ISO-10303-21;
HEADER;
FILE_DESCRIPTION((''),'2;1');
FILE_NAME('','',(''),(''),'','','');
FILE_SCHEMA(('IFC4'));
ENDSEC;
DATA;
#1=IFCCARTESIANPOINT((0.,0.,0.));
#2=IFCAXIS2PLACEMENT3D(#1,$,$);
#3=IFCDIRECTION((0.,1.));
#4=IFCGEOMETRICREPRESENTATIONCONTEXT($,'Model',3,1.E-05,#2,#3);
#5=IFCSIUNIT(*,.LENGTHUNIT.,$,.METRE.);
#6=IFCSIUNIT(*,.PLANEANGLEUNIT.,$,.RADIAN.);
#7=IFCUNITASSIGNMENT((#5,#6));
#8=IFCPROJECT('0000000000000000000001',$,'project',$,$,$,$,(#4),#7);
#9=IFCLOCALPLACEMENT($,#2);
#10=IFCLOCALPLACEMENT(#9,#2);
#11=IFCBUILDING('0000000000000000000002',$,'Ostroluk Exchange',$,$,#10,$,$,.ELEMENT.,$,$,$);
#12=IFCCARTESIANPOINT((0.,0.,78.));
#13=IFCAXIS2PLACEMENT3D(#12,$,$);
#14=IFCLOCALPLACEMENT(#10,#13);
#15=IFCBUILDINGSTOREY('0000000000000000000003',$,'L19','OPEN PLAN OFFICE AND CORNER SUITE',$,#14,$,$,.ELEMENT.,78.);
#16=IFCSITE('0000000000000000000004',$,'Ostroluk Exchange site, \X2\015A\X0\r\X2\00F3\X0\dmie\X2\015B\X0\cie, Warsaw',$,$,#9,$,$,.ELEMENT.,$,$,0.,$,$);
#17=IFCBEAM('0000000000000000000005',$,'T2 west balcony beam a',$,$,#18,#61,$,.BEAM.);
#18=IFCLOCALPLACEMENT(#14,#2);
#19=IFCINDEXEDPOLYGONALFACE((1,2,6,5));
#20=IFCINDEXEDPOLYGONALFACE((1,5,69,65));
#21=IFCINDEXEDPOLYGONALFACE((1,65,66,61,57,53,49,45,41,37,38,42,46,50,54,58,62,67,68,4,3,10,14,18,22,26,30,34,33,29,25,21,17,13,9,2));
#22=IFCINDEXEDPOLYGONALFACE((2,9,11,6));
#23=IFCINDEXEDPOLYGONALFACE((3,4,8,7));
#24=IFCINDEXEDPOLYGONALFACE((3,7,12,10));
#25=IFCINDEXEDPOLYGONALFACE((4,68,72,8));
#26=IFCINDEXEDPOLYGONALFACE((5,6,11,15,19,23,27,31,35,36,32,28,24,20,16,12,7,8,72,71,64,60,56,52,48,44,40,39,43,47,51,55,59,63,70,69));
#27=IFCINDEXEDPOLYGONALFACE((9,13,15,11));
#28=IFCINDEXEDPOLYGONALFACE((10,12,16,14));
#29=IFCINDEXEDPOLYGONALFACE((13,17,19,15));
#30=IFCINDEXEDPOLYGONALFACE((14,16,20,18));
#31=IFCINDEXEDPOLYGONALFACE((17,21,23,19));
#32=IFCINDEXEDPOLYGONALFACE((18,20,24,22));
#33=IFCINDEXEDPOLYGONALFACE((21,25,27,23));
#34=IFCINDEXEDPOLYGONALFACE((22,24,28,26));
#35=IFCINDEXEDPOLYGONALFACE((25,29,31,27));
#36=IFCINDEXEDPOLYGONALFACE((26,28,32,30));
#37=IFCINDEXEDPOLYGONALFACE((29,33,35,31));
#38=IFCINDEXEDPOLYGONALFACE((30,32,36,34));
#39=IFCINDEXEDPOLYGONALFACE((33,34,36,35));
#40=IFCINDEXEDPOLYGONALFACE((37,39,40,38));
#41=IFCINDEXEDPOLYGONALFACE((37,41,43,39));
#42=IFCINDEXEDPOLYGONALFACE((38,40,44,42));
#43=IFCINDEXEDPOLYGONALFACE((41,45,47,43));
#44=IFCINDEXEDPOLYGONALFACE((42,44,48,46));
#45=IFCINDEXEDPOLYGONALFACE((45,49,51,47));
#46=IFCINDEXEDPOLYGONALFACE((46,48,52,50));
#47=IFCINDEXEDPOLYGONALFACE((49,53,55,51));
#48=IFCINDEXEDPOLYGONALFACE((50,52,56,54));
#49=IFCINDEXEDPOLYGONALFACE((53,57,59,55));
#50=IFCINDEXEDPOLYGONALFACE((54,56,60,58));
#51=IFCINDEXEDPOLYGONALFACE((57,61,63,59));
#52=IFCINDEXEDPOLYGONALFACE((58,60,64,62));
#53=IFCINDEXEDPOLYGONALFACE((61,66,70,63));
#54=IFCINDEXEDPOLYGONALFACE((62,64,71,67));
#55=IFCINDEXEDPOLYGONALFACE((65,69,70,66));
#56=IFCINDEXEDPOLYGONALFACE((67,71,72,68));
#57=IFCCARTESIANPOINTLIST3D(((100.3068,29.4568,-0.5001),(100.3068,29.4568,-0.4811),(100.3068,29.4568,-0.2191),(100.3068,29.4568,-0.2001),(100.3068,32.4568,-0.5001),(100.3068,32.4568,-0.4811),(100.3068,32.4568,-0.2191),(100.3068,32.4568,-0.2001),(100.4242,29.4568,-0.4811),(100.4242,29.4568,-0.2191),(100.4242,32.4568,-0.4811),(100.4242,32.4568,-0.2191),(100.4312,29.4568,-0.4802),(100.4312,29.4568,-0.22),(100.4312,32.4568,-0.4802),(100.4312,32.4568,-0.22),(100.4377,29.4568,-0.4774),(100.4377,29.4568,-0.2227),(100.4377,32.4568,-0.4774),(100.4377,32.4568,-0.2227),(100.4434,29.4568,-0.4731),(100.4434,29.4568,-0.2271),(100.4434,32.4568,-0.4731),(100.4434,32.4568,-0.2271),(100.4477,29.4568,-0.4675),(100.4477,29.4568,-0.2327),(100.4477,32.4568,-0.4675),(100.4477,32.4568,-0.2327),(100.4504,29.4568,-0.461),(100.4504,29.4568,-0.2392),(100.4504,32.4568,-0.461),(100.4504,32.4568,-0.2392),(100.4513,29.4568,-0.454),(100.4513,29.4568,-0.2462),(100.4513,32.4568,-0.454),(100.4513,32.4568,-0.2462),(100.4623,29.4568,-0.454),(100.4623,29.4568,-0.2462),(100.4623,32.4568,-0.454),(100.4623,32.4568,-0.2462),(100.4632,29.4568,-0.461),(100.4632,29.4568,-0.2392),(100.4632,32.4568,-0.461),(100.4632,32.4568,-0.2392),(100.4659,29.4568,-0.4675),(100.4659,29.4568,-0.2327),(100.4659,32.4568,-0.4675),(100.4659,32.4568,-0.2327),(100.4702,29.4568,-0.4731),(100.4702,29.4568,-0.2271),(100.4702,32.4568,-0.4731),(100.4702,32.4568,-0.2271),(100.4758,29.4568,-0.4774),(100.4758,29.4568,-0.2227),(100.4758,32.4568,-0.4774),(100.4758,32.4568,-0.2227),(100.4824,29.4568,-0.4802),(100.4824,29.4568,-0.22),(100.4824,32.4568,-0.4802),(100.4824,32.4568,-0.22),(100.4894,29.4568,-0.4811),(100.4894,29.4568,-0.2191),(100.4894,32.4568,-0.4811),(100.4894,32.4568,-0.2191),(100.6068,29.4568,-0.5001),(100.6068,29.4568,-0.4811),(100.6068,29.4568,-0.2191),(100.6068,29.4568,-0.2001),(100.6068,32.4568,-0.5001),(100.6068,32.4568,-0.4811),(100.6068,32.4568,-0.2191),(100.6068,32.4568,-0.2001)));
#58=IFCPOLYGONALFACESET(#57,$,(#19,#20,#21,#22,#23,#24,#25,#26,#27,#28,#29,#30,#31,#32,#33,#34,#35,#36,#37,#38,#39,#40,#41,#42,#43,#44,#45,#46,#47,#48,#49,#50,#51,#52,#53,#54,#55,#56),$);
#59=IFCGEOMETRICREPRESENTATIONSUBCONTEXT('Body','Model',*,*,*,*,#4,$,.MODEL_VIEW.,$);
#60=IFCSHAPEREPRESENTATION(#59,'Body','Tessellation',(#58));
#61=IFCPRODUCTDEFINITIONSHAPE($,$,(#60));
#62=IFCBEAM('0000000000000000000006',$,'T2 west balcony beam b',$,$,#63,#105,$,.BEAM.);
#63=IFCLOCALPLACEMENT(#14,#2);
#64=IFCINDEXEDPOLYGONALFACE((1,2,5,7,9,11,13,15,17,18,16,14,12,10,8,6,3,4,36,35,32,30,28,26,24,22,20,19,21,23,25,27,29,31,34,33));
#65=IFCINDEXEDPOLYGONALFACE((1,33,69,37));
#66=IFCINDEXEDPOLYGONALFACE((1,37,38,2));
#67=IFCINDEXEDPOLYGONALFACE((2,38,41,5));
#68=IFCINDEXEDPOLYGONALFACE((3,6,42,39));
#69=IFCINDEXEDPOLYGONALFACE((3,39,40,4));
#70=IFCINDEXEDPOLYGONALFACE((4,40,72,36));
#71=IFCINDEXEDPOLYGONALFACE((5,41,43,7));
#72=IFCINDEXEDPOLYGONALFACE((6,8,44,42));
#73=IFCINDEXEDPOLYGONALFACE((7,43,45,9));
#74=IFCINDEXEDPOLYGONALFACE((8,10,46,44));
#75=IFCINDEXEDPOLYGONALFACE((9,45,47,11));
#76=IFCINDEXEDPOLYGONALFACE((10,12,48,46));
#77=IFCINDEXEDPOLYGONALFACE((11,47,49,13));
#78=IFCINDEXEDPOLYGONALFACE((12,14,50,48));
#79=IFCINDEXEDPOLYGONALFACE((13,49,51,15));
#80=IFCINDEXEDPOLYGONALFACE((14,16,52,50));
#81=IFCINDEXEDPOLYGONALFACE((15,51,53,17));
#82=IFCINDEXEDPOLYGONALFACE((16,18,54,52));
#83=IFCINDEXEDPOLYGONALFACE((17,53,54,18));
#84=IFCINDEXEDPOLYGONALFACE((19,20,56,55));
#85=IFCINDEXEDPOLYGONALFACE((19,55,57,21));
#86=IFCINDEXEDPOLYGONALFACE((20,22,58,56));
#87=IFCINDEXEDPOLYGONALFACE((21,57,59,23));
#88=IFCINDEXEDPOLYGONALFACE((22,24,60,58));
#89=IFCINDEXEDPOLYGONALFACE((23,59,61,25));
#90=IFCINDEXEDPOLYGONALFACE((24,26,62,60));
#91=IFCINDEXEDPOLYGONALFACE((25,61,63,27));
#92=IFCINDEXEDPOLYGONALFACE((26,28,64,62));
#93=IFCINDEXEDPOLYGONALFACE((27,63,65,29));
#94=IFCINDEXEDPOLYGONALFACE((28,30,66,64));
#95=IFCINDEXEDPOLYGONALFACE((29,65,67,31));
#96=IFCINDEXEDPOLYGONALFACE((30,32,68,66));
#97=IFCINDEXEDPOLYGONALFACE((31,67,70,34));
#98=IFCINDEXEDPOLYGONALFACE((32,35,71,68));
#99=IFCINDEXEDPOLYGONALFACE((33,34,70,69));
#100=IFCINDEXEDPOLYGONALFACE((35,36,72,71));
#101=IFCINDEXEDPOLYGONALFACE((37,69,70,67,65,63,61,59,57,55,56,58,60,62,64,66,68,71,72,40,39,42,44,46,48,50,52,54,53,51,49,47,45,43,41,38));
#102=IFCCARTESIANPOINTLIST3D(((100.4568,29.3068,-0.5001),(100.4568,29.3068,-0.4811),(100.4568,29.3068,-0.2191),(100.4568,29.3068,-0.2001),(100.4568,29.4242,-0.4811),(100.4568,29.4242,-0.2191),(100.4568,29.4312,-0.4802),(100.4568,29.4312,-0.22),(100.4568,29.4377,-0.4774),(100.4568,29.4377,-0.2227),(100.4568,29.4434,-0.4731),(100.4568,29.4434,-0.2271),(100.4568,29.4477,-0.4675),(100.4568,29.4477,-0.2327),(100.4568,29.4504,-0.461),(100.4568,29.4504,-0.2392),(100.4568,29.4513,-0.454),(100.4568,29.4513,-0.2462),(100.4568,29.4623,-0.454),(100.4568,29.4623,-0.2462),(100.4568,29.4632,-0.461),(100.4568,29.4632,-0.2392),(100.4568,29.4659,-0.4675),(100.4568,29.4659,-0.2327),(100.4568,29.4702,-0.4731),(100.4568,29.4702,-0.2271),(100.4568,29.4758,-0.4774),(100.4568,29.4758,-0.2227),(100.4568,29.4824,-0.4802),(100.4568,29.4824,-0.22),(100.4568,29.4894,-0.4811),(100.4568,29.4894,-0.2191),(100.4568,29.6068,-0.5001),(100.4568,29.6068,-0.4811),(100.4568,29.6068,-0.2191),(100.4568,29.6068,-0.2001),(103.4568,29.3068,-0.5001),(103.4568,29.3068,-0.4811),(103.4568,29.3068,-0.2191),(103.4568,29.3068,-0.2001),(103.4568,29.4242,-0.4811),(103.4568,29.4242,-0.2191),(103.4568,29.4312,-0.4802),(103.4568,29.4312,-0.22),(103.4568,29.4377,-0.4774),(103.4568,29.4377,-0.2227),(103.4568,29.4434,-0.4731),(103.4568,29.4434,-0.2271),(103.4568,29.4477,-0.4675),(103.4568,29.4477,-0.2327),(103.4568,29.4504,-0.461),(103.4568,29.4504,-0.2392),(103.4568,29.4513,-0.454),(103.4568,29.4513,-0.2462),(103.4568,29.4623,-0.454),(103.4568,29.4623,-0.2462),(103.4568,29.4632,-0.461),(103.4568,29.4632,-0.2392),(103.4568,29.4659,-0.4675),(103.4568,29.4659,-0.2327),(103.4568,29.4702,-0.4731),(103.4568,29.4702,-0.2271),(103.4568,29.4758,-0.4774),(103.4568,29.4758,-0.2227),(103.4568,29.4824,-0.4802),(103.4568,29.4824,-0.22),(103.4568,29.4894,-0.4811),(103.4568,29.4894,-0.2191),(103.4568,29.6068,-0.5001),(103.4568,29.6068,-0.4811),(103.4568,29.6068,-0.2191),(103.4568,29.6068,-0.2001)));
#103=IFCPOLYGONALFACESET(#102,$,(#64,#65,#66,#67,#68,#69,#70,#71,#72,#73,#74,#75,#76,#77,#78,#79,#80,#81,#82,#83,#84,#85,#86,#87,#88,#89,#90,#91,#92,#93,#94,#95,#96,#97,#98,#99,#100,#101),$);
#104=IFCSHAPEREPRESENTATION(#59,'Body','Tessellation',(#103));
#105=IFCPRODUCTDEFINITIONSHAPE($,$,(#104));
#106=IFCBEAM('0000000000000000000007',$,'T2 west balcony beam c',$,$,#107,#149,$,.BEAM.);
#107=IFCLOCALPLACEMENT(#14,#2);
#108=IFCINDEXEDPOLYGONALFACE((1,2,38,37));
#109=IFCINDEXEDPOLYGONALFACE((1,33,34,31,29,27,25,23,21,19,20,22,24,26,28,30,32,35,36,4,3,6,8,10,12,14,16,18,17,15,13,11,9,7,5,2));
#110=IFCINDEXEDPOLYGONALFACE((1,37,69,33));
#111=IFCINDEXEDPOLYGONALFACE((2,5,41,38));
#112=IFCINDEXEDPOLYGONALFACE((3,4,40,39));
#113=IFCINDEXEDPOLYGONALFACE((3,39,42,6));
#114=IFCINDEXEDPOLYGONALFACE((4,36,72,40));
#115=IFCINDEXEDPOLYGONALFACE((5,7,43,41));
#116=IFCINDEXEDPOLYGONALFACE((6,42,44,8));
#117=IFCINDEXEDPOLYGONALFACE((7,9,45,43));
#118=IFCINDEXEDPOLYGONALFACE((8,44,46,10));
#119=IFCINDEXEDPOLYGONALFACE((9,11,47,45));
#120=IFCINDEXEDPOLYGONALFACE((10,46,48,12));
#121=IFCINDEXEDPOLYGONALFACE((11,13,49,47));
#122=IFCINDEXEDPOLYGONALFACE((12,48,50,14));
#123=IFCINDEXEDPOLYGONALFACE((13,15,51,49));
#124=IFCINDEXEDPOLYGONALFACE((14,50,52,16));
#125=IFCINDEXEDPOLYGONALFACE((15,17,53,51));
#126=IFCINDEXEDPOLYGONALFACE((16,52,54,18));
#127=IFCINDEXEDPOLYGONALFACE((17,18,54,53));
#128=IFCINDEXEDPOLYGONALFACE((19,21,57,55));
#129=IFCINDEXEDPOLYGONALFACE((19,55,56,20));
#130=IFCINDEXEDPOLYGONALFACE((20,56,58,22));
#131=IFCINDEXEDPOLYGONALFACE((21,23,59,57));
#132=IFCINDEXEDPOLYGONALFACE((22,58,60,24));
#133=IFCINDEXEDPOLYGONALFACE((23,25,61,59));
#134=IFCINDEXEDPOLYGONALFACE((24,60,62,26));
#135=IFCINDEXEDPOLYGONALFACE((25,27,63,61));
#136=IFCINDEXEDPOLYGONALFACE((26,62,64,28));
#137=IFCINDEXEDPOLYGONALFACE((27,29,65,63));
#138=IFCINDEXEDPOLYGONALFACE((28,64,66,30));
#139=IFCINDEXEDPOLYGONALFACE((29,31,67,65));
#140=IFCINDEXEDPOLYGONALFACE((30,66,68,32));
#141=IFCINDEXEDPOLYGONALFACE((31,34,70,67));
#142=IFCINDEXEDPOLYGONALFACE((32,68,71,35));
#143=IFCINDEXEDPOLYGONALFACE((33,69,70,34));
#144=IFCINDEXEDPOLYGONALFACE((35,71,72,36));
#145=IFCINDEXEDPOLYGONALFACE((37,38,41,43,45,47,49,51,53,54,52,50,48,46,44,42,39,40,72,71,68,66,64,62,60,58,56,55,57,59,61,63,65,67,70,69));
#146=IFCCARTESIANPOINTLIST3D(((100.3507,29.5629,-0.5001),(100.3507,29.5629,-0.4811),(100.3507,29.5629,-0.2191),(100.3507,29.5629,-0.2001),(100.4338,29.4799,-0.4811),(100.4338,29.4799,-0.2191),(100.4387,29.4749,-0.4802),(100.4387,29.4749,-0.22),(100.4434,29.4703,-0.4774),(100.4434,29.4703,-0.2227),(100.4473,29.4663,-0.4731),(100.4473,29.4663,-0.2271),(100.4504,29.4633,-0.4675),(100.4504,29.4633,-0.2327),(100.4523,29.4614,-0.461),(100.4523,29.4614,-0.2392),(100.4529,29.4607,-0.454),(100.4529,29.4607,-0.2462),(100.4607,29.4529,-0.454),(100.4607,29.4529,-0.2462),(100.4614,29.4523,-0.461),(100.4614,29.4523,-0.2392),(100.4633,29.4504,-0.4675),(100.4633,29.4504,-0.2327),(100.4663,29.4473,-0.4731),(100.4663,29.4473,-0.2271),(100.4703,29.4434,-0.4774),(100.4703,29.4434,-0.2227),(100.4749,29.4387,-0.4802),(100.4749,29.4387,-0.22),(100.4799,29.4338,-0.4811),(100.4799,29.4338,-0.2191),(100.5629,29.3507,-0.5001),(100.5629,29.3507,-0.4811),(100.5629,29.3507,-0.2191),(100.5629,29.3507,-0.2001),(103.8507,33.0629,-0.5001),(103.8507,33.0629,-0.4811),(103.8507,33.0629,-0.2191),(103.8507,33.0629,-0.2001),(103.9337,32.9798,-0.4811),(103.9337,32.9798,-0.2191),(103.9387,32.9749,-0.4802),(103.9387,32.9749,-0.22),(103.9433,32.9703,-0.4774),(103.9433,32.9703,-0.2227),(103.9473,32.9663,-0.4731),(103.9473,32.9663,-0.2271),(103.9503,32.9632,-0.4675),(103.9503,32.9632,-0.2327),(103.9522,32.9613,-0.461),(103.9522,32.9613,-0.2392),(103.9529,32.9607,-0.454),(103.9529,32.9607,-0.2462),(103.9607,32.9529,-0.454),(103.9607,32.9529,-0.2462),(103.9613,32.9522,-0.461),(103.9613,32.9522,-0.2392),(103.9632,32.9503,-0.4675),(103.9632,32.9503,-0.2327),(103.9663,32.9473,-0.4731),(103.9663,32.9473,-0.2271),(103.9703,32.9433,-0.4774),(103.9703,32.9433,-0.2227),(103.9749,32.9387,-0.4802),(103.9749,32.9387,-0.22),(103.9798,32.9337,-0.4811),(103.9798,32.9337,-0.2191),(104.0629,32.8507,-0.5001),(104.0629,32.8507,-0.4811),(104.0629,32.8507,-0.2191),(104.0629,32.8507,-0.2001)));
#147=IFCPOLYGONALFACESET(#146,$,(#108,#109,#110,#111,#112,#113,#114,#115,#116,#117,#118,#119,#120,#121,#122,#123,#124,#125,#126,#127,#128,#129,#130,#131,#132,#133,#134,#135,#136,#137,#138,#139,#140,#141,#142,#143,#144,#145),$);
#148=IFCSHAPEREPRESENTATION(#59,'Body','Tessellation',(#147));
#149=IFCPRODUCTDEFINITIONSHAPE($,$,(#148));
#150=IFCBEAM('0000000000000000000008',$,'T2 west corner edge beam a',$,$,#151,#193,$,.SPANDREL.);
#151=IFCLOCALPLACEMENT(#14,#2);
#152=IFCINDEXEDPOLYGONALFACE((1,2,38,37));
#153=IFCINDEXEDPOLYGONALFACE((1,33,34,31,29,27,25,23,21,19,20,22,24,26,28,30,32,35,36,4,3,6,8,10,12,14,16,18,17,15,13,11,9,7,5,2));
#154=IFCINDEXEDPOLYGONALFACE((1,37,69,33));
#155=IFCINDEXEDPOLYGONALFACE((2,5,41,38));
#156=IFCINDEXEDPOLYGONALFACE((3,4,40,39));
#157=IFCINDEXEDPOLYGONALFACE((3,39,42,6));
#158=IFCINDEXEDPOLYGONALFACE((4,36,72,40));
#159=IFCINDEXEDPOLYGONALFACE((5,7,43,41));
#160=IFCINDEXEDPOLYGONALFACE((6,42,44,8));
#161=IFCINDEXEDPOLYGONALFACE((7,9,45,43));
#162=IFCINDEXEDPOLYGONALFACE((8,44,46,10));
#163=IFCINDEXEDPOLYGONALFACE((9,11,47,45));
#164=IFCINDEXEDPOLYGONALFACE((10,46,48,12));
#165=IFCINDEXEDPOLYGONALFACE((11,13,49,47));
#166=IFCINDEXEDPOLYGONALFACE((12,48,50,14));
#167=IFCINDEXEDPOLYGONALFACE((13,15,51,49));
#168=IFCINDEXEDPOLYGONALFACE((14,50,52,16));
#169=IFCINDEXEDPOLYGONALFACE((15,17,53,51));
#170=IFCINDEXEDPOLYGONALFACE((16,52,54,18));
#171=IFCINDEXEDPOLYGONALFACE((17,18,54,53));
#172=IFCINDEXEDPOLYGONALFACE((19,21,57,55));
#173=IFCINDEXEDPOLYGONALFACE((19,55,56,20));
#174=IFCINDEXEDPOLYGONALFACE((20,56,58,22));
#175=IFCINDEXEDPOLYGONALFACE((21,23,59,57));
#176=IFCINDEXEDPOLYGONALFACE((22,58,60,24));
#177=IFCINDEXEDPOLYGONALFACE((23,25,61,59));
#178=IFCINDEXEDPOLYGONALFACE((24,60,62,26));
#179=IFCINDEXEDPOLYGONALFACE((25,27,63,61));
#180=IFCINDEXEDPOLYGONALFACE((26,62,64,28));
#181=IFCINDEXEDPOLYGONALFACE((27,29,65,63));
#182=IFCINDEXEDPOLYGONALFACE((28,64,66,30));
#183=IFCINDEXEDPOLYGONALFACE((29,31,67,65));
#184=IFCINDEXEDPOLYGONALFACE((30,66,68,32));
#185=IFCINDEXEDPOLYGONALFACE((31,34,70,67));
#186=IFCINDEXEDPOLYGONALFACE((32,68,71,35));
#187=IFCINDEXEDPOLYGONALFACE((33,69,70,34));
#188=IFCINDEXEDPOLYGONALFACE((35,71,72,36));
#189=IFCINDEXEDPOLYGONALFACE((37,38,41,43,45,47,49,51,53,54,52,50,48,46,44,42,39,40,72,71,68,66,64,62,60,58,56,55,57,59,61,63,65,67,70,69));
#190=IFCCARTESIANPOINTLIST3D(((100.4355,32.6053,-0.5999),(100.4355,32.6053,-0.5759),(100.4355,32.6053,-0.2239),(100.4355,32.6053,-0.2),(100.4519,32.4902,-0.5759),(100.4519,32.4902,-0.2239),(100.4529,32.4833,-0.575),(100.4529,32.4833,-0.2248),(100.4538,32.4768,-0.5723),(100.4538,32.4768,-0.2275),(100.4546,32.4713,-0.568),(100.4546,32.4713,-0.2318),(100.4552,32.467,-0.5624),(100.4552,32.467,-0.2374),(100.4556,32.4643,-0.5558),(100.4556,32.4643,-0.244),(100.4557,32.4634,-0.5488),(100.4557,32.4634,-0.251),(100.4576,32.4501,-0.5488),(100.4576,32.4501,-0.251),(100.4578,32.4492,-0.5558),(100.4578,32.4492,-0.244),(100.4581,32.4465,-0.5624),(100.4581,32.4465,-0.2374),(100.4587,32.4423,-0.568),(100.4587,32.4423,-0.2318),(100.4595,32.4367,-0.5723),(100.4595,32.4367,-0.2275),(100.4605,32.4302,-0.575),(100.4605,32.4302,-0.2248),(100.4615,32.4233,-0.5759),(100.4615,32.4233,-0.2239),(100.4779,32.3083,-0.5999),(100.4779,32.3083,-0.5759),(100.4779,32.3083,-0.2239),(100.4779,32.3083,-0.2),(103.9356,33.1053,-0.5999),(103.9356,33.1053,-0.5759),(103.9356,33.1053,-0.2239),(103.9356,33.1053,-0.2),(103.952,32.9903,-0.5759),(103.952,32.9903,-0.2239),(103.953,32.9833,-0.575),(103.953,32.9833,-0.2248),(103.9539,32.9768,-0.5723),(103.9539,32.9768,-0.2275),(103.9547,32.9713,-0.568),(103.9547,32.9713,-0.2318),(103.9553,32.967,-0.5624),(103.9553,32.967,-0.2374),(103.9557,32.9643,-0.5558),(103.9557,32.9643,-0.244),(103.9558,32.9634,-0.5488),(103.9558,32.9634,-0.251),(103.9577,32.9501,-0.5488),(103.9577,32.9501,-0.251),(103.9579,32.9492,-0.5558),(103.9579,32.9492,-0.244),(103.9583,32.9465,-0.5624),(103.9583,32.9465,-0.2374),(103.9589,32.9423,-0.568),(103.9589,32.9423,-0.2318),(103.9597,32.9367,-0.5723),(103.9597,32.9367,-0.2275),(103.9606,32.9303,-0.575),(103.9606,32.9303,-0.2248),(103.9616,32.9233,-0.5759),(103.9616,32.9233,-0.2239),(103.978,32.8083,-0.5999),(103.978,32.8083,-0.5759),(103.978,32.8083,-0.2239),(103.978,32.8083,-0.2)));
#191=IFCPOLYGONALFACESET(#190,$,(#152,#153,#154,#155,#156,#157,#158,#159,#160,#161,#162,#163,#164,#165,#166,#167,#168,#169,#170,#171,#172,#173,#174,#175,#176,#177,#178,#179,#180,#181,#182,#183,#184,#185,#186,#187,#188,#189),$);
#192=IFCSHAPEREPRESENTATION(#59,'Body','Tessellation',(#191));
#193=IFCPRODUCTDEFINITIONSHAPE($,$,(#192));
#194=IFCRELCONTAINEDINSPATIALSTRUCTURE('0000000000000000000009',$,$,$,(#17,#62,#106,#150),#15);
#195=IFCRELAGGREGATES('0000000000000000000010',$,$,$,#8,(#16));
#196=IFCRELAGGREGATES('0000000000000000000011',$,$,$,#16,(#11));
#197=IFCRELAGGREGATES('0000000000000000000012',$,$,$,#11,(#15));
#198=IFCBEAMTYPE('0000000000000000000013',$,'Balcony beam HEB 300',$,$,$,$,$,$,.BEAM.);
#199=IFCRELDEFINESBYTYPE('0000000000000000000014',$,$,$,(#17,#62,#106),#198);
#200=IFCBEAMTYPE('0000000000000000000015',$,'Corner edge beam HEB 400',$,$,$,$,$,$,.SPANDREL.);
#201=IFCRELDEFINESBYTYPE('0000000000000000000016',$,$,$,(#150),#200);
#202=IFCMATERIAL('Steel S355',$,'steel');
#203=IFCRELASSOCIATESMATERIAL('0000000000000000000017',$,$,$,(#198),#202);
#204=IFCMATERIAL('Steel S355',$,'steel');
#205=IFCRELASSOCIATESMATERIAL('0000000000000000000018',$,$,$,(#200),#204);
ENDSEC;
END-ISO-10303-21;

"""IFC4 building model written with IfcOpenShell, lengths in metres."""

from ifc_helpers import new_model, si_unit, direction, frame, origin, origin_2d, place, context, subcontext, project, spatial, i_section, extrude, material, material_profile, profile_set, type_object, element, save


model = new_model("IFC4")

# Units and contexts
model_context = context("Model", 3, precision=1e-05, world=origin(), true_north=direction((0.0, 1.0)))
body_context = subcontext(model_context, "Body", "Model", "MODEL_VIEW")
ifc_project = project(units=[si_unit("LENGTHUNIT", "METRE"), si_unit("PLANEANGLEUNIT", "RADIAN")], contexts=[model_context])

# Site, building, storey
site_placement = place(None, origin())
site = spatial("IfcSite", under=ifc_project, at=site_placement, Name="Ostroluk Exchange site, Śródmieście, Warsaw", CompositionType="ELEMENT", RefElevation=0.0)
building_placement = place(site_placement, origin())
building = spatial("IfcBuilding", under=site, at=building_placement, Name="Ostroluk Exchange", CompositionType="ELEMENT")
storey_placement = place(building_placement, frame((0.0, 0.0, 78.0)))
storey = spatial("IfcBuildingStorey", under=building, at=storey_placement, Name="L19", Description="OPEN PLAN OFFICE AND CORNER SUITE", CompositionType="ELEMENT", Elevation=78.0)

# Beams
ifc_material_1 = material(Name="Steel S355", Category="steel")
ifc_material_profile_1 = material_profile(ifc_material_1, i_section(OverallWidth=0.3, OverallDepth=0.3, WebThickness=0.011, FlangeThickness=0.019, FilletRadius=0.0271, at=origin_2d()), Name="HEB 300")
ifc_profile_set_1 = profile_set([ifc_material_profile_1], Name="Steel S355")
beam_type_1 = type_object("IfcBeamType", Name="Balcony beam HEB 300", PredefinedType="BEAM", material=ifc_profile_set_1)
for number, where, z_axis, x_axis, name in (
    (1, (100.4568, 32.4568, -0.3501), (0.0, -1.0, 0.0), (1.0, 0.0, 0.0), "T2 west balcony beam a"),
    (2, (103.4568, 29.4568, -0.3501), (-1.0, 0.0, 0.0), (0.0, -1.0, 0.0), "T2 west balcony beam b"),
):
    element("IfcBeam", number, at=place(storey_placement, frame(where, z_axis=z_axis, x_axis=x_axis)), inside=storey, type_object=beam_type_1, Name=name, PredefinedType="BEAM", context=body_context, shape_type="SweptSolid", body=[
        extrude(i_section(OverallWidth=0.3, OverallDepth=0.3, WebThickness=0.011, FlangeThickness=0.019, FilletRadius=0.0271, at=origin_2d()), origin(), (0.0, 0.0, 1.0), 3.0),
    ])
beam_1_placement = place(storey_placement, frame((103.9568, 32.9568, -0.3501), z_axis=(-0.707107, -0.707107, 0.0), x_axis=(0.707107, -0.707107, 0.0)))
element("IfcBeam", 3, at=beam_1_placement, inside=storey, type_object=beam_type_1, Name="T2 west balcony beam c", PredefinedType="BEAM", context=body_context, shape_type="SweptSolid", body=[
    extrude(i_section(OverallWidth=0.3, OverallDepth=0.3, WebThickness=0.011, FlangeThickness=0.019, FilletRadius=0.0271, at=origin_2d()), origin(), (0.0, 0.0, 1.0), 4.9497),
])
ifc_material_2 = material(Name="Steel S355", Category="steel")
ifc_material_profile_2 = material_profile(ifc_material_2, i_section(OverallWidth=0.3, OverallDepth=0.3999, WebThickness=0.0134, FlangeThickness=0.0239, FilletRadius=0.0271, at=origin_2d()), Name="HEB 400")
ifc_profile_set_2 = profile_set([ifc_material_profile_2], Name="Steel S355")
beam_type_2 = type_object("IfcBeamType", Name="Corner edge beam HEB 400", PredefinedType="SPANDREL", material=ifc_profile_set_2)
for number, where, z_axis, x_axis, name in (
    (4, (103.9568, 32.9568, -0.3999), (-0.989949, -0.141421, 0.0), (0.141421, -0.989949, 0.0), "T2 west corner edge beam a"),
):
    element("IfcBeam", number, at=place(storey_placement, frame(where, z_axis=z_axis, x_axis=x_axis)), inside=storey, type_object=beam_type_2, Name=name, PredefinedType="SPANDREL", context=body_context, shape_type="SweptSolid", body=[
        extrude(i_section(OverallWidth=0.3, OverallDepth=0.3999, WebThickness=0.0134, FlangeThickness=0.0239, FilletRadius=0.0271, at=origin_2d()), origin(), (0.0, 0.0, 1.0), 3.5356),
    ])

save(model, "model.ifc")
